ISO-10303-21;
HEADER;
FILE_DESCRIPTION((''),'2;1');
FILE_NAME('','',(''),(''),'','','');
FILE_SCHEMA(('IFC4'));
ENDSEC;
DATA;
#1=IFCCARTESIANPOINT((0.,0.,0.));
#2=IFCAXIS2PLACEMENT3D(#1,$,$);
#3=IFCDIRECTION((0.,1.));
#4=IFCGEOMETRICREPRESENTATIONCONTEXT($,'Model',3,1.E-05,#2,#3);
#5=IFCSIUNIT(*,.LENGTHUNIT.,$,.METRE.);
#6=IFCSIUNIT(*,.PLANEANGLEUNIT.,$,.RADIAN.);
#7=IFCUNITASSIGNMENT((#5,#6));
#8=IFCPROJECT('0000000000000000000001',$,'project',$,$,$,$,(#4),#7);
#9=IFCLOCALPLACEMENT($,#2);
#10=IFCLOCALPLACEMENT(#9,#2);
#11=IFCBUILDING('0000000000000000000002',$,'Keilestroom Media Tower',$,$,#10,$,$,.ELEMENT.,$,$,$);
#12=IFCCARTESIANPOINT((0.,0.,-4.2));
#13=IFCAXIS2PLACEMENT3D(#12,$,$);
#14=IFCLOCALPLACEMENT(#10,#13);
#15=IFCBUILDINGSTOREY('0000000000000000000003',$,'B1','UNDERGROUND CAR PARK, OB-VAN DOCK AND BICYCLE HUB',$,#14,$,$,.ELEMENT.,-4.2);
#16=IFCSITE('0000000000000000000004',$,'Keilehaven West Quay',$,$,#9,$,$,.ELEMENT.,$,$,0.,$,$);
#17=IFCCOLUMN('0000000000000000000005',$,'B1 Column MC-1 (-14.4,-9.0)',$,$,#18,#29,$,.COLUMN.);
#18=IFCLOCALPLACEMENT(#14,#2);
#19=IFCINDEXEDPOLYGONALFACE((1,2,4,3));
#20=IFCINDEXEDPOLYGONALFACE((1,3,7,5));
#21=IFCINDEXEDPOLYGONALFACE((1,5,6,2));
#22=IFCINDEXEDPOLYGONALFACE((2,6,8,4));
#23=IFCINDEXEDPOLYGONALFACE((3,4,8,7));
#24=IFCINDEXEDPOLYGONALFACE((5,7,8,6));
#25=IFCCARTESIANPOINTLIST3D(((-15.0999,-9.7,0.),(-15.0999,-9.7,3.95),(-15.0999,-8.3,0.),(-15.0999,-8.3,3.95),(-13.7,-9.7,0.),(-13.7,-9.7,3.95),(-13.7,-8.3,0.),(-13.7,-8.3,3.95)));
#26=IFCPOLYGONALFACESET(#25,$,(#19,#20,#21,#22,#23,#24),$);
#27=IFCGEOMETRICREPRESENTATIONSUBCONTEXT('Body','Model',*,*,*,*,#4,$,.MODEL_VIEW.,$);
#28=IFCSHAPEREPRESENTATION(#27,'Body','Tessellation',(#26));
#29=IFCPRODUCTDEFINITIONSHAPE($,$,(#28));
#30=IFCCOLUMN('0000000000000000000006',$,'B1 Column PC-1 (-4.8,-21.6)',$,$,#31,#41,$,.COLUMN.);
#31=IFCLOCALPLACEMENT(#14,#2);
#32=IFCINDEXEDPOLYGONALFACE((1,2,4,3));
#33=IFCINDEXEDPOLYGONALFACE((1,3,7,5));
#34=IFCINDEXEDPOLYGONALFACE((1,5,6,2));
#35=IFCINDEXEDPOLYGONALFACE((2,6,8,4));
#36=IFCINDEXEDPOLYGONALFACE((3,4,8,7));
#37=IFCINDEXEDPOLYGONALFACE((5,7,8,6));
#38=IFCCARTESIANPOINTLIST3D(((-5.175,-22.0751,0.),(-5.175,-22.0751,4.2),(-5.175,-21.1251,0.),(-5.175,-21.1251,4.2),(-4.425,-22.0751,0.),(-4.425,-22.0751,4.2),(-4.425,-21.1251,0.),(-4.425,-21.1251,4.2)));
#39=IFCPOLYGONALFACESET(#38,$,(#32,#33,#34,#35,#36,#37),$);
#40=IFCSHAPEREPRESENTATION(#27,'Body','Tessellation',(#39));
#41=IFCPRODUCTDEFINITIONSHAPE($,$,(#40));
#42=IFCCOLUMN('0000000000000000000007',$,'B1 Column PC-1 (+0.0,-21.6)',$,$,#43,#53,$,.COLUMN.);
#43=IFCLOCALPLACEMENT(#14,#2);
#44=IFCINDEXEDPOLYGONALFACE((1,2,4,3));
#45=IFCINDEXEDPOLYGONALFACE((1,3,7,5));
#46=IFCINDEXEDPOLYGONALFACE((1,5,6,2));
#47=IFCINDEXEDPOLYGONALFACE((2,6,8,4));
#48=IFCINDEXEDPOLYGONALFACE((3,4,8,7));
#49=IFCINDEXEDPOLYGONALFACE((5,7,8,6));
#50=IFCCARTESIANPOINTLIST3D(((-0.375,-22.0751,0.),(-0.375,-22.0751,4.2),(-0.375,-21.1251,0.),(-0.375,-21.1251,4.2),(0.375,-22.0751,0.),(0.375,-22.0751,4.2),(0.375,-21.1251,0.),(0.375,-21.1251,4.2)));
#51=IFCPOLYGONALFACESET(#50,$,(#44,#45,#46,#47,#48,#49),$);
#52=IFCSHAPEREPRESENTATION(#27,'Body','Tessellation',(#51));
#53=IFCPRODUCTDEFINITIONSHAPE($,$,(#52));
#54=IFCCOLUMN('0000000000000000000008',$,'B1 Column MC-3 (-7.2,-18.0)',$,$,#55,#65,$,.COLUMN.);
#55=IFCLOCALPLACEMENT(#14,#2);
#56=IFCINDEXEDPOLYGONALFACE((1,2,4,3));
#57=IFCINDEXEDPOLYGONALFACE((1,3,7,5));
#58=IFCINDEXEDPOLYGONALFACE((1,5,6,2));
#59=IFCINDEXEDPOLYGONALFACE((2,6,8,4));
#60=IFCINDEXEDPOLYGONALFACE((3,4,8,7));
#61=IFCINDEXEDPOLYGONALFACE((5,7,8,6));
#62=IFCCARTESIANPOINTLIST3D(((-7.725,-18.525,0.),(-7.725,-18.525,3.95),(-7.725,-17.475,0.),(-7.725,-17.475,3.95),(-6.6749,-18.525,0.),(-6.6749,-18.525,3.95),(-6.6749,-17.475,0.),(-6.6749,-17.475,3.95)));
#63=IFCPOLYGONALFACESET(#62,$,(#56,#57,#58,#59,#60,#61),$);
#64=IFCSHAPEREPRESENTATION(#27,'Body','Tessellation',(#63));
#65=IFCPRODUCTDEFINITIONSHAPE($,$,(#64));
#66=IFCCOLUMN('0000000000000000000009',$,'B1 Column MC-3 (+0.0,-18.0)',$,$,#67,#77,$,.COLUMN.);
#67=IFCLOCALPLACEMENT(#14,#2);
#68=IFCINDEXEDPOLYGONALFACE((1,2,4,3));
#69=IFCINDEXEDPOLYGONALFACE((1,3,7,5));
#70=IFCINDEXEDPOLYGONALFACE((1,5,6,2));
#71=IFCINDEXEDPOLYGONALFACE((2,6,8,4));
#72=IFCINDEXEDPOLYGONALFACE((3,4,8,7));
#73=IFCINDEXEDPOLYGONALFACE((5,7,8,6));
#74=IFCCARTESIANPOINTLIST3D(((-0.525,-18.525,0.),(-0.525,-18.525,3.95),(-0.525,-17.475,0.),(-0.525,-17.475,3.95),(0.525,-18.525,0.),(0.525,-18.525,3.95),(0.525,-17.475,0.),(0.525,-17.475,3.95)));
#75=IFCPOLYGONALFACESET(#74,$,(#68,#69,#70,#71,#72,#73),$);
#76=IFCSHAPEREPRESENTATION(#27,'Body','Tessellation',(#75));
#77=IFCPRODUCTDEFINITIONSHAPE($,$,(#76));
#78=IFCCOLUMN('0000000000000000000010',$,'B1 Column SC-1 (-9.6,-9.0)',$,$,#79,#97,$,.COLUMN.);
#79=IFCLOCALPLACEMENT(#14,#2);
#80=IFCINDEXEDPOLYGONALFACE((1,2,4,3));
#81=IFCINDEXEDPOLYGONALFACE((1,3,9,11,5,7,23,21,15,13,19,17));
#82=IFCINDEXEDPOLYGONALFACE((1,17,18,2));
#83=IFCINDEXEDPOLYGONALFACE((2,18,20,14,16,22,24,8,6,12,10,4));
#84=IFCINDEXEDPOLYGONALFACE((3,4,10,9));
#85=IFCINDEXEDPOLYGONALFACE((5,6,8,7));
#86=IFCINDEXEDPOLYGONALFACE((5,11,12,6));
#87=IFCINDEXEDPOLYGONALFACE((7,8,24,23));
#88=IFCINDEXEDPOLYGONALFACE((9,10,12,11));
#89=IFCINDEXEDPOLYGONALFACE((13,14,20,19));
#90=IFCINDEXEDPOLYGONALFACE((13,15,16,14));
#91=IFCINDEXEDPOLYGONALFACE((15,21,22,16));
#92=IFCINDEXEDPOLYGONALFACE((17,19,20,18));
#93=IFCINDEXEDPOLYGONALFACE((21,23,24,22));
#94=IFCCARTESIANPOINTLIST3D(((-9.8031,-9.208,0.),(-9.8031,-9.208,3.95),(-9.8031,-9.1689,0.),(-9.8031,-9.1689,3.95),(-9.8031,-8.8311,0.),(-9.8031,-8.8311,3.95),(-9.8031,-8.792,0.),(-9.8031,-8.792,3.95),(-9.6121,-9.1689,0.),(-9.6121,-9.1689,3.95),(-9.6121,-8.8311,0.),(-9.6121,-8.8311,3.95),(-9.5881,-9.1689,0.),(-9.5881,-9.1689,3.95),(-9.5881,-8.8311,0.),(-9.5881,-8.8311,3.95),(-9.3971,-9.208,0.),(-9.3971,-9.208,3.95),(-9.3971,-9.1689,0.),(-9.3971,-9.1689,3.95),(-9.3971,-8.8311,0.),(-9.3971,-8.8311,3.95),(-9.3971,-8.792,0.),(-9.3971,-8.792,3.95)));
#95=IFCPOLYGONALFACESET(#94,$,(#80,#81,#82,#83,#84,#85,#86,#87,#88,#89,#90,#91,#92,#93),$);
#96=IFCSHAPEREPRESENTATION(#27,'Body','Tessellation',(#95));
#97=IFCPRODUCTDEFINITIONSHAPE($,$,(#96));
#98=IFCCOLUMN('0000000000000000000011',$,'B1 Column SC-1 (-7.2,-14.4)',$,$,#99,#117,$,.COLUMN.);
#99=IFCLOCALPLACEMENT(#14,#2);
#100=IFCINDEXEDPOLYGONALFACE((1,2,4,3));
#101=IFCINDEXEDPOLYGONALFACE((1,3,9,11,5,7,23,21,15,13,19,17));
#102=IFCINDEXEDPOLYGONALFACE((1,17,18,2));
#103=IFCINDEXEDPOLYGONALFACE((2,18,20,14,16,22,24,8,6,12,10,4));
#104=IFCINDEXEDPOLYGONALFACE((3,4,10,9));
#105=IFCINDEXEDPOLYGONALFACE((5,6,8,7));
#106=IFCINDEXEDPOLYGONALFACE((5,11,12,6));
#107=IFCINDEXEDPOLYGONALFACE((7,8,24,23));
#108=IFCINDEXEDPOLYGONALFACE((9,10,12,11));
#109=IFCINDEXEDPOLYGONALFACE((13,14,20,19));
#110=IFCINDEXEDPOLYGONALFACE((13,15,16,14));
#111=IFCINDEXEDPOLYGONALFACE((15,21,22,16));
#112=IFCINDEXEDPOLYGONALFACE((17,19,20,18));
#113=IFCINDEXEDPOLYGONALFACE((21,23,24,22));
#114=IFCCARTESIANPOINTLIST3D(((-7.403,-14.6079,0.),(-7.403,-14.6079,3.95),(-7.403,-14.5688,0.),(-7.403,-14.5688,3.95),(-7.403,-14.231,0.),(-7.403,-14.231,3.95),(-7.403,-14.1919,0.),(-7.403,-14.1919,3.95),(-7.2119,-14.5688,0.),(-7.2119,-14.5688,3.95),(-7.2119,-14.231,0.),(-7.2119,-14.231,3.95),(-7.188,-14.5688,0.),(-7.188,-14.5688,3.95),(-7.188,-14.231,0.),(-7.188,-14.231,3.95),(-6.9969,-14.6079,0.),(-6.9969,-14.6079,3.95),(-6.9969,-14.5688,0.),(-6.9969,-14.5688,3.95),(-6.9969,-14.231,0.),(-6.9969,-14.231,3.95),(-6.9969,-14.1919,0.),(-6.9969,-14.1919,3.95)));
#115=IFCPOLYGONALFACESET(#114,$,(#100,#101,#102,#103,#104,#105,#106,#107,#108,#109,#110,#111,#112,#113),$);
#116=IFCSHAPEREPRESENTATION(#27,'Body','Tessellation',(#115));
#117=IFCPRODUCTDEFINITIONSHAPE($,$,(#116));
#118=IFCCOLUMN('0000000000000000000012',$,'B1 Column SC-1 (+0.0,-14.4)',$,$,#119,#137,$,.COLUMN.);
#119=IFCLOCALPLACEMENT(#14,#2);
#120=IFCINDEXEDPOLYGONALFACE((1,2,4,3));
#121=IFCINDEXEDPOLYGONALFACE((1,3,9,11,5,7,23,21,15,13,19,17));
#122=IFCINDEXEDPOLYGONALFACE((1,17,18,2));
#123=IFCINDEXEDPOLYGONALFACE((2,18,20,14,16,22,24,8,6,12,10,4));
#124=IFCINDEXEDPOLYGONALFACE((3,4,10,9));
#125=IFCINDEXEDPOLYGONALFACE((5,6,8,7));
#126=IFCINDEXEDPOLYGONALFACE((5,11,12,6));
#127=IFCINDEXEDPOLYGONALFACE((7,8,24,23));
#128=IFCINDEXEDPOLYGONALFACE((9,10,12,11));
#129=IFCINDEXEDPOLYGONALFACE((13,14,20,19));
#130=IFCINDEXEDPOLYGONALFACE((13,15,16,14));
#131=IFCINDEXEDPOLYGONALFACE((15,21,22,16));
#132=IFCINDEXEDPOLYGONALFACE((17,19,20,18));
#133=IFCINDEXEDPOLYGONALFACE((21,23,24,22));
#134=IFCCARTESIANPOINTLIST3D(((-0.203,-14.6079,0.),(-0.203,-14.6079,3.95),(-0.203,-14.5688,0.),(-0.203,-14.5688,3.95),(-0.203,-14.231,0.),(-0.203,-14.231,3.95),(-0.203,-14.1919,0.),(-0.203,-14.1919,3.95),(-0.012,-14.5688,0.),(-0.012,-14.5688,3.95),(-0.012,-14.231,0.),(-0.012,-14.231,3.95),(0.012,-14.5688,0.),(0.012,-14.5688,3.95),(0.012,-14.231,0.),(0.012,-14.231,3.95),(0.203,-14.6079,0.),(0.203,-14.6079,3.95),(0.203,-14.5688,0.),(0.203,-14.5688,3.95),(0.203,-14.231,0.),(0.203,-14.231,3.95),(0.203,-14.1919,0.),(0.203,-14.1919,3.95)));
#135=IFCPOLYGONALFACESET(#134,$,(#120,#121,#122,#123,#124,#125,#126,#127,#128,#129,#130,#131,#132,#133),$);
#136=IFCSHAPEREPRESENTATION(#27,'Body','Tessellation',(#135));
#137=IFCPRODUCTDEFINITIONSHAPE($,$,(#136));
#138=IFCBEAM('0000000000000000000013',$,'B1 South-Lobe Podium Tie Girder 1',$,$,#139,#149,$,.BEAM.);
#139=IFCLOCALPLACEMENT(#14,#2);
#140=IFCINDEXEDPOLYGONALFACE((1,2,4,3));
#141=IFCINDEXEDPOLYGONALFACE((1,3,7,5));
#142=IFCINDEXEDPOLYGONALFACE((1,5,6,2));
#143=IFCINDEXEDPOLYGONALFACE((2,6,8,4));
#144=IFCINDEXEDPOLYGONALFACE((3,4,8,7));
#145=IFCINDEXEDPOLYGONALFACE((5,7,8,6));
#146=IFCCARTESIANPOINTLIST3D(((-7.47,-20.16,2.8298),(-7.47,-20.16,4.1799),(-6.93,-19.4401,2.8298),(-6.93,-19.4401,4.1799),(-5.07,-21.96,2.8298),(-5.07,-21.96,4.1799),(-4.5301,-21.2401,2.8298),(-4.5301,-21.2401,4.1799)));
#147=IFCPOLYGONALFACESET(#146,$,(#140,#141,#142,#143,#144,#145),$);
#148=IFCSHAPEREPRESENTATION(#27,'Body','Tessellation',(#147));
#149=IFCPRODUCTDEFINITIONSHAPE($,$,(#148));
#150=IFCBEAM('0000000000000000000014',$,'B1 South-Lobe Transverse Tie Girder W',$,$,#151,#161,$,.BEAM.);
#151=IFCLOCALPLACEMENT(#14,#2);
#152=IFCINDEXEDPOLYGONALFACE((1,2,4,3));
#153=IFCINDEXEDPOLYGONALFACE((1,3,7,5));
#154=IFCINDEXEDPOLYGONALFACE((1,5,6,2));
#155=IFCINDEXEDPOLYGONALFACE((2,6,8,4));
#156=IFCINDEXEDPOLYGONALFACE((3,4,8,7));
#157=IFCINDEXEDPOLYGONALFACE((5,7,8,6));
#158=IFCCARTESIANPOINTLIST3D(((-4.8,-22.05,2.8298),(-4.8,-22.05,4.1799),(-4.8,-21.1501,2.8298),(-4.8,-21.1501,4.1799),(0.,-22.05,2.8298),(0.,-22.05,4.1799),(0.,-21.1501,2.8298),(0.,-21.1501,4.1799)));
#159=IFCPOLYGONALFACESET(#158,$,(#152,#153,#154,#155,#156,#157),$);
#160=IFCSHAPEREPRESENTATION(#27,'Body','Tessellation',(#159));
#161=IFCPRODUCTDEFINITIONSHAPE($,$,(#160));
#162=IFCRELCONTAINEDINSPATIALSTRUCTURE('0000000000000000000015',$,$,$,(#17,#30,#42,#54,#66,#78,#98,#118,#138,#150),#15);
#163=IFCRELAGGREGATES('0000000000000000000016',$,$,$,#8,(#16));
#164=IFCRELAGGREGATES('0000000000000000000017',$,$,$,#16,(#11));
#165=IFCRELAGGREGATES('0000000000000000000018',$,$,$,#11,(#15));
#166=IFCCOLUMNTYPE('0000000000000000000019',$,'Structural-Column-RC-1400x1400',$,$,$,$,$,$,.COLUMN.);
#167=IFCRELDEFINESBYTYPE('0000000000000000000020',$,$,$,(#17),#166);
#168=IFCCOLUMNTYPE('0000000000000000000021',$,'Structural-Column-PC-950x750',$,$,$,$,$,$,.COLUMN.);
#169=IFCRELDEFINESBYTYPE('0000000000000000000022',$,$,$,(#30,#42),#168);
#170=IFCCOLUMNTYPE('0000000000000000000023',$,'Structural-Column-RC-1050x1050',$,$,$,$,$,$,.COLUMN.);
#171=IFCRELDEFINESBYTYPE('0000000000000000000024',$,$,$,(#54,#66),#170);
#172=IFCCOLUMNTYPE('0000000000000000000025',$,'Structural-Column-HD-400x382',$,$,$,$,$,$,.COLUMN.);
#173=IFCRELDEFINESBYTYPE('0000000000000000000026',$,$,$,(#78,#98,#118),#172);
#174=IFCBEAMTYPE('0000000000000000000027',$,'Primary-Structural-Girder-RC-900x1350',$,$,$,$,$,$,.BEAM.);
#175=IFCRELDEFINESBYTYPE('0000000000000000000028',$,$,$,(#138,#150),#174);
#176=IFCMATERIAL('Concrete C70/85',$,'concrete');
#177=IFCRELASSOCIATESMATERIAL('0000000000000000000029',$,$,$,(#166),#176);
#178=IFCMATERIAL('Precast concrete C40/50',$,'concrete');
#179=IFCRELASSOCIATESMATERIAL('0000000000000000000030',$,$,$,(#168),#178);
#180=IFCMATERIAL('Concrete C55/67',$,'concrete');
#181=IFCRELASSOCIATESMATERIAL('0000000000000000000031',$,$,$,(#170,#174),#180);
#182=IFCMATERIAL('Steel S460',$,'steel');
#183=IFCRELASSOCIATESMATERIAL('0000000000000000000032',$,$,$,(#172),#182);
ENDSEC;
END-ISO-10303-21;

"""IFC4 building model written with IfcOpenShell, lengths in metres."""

from ifc_helpers import new_model, si_unit, direction, frame, origin, origin_2d, place, context, subcontext, project, spatial, rectangle, i_section, extrude, source, transform, mapped, material, material_profile, profile_set, type_object, element, save


model = new_model("IFC4")

# Units and contexts
model_context = context("Model", 3, precision=1e-05, world=origin(), true_north=direction((0.0, 1.0)))
body_context = subcontext(model_context, "Body", "Model", "MODEL_VIEW")
ifc_project = project(units=[si_unit("LENGTHUNIT", "METRE"), si_unit("PLANEANGLEUNIT", "RADIAN")], contexts=[model_context])

# Site, building, storey
site_placement = place(None, origin())
site = spatial("IfcSite", under=ifc_project, at=site_placement, Name="Keilehaven West Quay", CompositionType="ELEMENT", RefElevation=0.0)
building_placement = place(site_placement, origin())
building = spatial("IfcBuilding", under=site, at=building_placement, Name="Keilestroom Media Tower", CompositionType="ELEMENT")
storey_placement = place(building_placement, frame((0.0, 0.0, -4.2)))
storey = spatial("IfcBuildingStorey", under=building, at=storey_placement, Name="B1", Description="UNDERGROUND CAR PARK, OB-VAN DOCK AND BICYCLE HUB", CompositionType="ELEMENT", Elevation=-4.2)

# Columns
ifc_material_1 = material(Name="Concrete C70/85", Category="concrete")
ifc_material_profile_1 = material_profile(ifc_material_1, rectangle(XDim=1.3999, YDim=1.3999, at=origin_2d()), Name="RC 1400x1400")
ifc_profile_set_1 = profile_set([ifc_material_profile_1], Name="Concrete C70/85")
column_type_1 = type_object("IfcColumnType", Name="Structural-Column-RC-1400x1400", PredefinedType="COLUMN", material=ifc_profile_set_1)
shared_shape_1 = source(origin(), body_context, "Body", "SweptSolid", [
    extrude(rectangle(XDim=1.3999, YDim=1.3999, at=origin_2d()), origin(), (0.0, 0.0, 1.0), 3.95),
])
column_placement = place(storey_placement, frame((-14.3999, -9.0, 0.0), z_axis=(0.0, 0.0, 1.0), x_axis=(1.0, 0.0, 0.0)))
element("IfcColumn", 1, at=column_placement, inside=storey, type_object=column_type_1, Name="B1 Column MC-1 (-14.4,-9.0)", PredefinedType="COLUMN", context=body_context, shape_type="MappedRepresentation", body=[
    mapped(shared_shape_1, transform((0.0, 0.0, 0.0), x_axis=(1.0, 0.0, 0.0), y_axis=(0.0, 1.0, 0.0), z_axis=(0.0, 0.0, 1.0), scale=1.0)),
])
ifc_material_2 = material(Name="Precast concrete C40/50", Category="concrete")
ifc_material_profile_2 = material_profile(ifc_material_2, rectangle(XDim=0.75, YDim=0.95, at=origin_2d()), Name="PC 950x750")
ifc_profile_set_2 = profile_set([ifc_material_profile_2], Name="Precast concrete C40/50")
column_type_2 = type_object("IfcColumnType", Name="Structural-Column-PC-950x750", PredefinedType="COLUMN", material=ifc_profile_set_2)
shared_shape_2 = source(origin(), body_context, "Body", "SweptSolid", [
    extrude(rectangle(XDim=0.75, YDim=0.95, at=origin_2d()), origin(), (0.0, 0.0, 1.0), 4.2),
])
for number, where, z_axis, x_axis, name in (
    (2, (-4.8, -21.6001, 0.0), (0.0, 0.0, 1.0), (1.0, 0.0, 0.0), "B1 Column PC-1 (-4.8,-21.6)"),
    (3, (0.0, -21.6001, 0.0), (0.0, 0.0, 1.0), (1.0, 0.0, 0.0), "B1 Column PC-1 (+0.0,-21.6)"),
):
    element("IfcColumn", number, at=place(storey_placement, frame(where, z_axis=z_axis, x_axis=x_axis)), inside=storey, type_object=column_type_2, Name=name, PredefinedType="COLUMN", context=body_context, shape_type="MappedRepresentation", body=[
        mapped(shared_shape_2, transform((0.0, 0.0, 0.0), x_axis=(1.0, 0.0, 0.0), y_axis=(0.0, 1.0, 0.0), z_axis=(0.0, 0.0, 1.0), scale=1.0)),
    ])
ifc_material_3 = material(Name="Concrete C55/67", Category="concrete")
ifc_material_profile_3 = material_profile(ifc_material_3, rectangle(XDim=1.05, YDim=1.05, at=origin_2d()), Name="RC 1050x1050")
ifc_profile_set_3 = profile_set([ifc_material_profile_3], Name="Concrete C55/67")
column_type_3 = type_object("IfcColumnType", Name="Structural-Column-RC-1050x1050", PredefinedType="COLUMN", material=ifc_profile_set_3)
shared_shape_3 = source(origin(), body_context, "Body", "SweptSolid", [
    extrude(rectangle(XDim=1.05, YDim=1.05, at=origin_2d()), origin(), (0.0, 0.0, 1.0), 3.95),
])
for number, where, z_axis, x_axis, name in (
    (4, (-7.2, -18.0, 0.0), (0.0, 0.0, 1.0), (1.0, 0.0, 0.0), "B1 Column MC-3 (-7.2,-18.0)"),
    (5, (0.0, -18.0, 0.0), (0.0, 0.0, 1.0), (1.0, 0.0, 0.0), "B1 Column MC-3 (+0.0,-18.0)"),
):
    element("IfcColumn", number, at=place(storey_placement, frame(where, z_axis=z_axis, x_axis=x_axis)), inside=storey, type_object=column_type_3, Name=name, PredefinedType="COLUMN", context=body_context, shape_type="MappedRepresentation", body=[
        mapped(shared_shape_3, transform((0.0, 0.0, 0.0), x_axis=(1.0, 0.0, 0.0), y_axis=(0.0, 1.0, 0.0), z_axis=(0.0, 0.0, 1.0), scale=1.0)),
    ])
ifc_material_4 = material(Name="Steel S460", Category="steel")
ifc_material_profile_4 = material_profile(ifc_material_4, i_section(OverallWidth=0.406, OverallDepth=0.416, WebThickness=0.0239, FlangeThickness=0.0391, at=origin_2d()), Name="HD 400x382")
ifc_profile_set_4 = profile_set([ifc_material_profile_4], Name="Steel S460")
column_type_4 = type_object("IfcColumnType", Name="Structural-Column-HD-400x382", PredefinedType="COLUMN", material=ifc_profile_set_4)
shared_shape_4 = source(origin(), body_context, "Body", "SweptSolid", [
    extrude(i_section(OverallWidth=0.406, OverallDepth=0.416, WebThickness=0.0239, FlangeThickness=0.0391, at=origin_2d()), origin(), (0.0, 0.0, 1.0), 3.95),
])
for number, where, z_axis, x_axis, name in (
    (6, (-9.6001, -9.0, 0.0), (0.0, 0.0, 1.0), (1.0, 0.0, 0.0), "B1 Column SC-1 (-9.6,-9.0)"),
    (7, (-7.2, -14.3999, 0.0), (0.0, 0.0, 1.0), (1.0, 0.0, 0.0), "B1 Column SC-1 (-7.2,-14.4)"),
    (8, (0.0, -14.3999, 0.0), (0.0, 0.0, 1.0), (1.0, 0.0, 0.0), "B1 Column SC-1 (+0.0,-14.4)"),
):
    element("IfcColumn", number, at=place(storey_placement, frame(where, z_axis=z_axis, x_axis=x_axis)), inside=storey, type_object=column_type_4, Name=name, PredefinedType="COLUMN", context=body_context, shape_type="MappedRepresentation", body=[
        mapped(shared_shape_4, transform((0.0, 0.0, 0.0), x_axis=(1.0, 0.0, 0.0), y_axis=(0.0, 1.0, 0.0), z_axis=(0.0, 0.0, 1.0), scale=1.0)),
    ])

# Beams
ifc_material_profile_5 = material_profile(ifc_material_3, rectangle(XDim=0.8999, YDim=1.3501, at=origin_2d()), Name="RC 900x1350")
ifc_profile_set_5 = profile_set([ifc_material_profile_5], Name="Concrete C55/67")
beam_type_1 = type_object("IfcBeamType", Name="Primary-Structural-Girder-RC-900x1350", PredefinedType="BEAM", material=ifc_profile_set_5)
shared_shape_5 = source(origin(), body_context, "Body", "SweptSolid", [
    extrude(rectangle(XDim=0.8999, YDim=1.3501, at=origin_2d()), origin(), (0.0, 0.0, 1.0), 3.0),
])
beam_1_placement = place(storey_placement, frame((-4.8, -21.6001, 3.5049), z_axis=(-0.79998, 0.600026, 0.0), x_axis=(-0.600026, -0.79998, 0.0)))
element("IfcBeam", 9, at=beam_1_placement, inside=storey, type_object=beam_type_1, Name="B1 South-Lobe Podium Tie Girder 1", PredefinedType="BEAM", context=body_context, shape_type="MappedRepresentation", body=[
    mapped(shared_shape_5, transform((0.0, 0.0, 0.0), x_axis=(1.0, 0.0, 0.0), y_axis=(0.0, 1.0, 0.0), z_axis=(0.0, 0.0, 1.0), scale=1.0)),
])
shared_shape_6 = source(origin(), body_context, "Body", "SweptSolid", [
    extrude(rectangle(XDim=0.8999, YDim=1.3501, at=origin_2d()), origin(), (0.0, 0.0, 1.0), 4.8),
])
beam_2_placement = place(storey_placement, frame((-4.8, -21.6001, 3.5049), z_axis=(1.0, 0.0, 0.0), x_axis=(0.0, 1.0, 0.0)))
element("IfcBeam", 10, at=beam_2_placement, inside=storey, type_object=beam_type_1, Name="B1 South-Lobe Transverse Tie Girder W", PredefinedType="BEAM", context=body_context, shape_type="MappedRepresentation", body=[
    mapped(shared_shape_6, transform((0.0, 0.0, 0.0), x_axis=(1.0, 0.0, 0.0), y_axis=(0.0, 1.0, 0.0), z_axis=(0.0, 0.0, 1.0), scale=1.0)),
])

save(model, "model.ifc")
